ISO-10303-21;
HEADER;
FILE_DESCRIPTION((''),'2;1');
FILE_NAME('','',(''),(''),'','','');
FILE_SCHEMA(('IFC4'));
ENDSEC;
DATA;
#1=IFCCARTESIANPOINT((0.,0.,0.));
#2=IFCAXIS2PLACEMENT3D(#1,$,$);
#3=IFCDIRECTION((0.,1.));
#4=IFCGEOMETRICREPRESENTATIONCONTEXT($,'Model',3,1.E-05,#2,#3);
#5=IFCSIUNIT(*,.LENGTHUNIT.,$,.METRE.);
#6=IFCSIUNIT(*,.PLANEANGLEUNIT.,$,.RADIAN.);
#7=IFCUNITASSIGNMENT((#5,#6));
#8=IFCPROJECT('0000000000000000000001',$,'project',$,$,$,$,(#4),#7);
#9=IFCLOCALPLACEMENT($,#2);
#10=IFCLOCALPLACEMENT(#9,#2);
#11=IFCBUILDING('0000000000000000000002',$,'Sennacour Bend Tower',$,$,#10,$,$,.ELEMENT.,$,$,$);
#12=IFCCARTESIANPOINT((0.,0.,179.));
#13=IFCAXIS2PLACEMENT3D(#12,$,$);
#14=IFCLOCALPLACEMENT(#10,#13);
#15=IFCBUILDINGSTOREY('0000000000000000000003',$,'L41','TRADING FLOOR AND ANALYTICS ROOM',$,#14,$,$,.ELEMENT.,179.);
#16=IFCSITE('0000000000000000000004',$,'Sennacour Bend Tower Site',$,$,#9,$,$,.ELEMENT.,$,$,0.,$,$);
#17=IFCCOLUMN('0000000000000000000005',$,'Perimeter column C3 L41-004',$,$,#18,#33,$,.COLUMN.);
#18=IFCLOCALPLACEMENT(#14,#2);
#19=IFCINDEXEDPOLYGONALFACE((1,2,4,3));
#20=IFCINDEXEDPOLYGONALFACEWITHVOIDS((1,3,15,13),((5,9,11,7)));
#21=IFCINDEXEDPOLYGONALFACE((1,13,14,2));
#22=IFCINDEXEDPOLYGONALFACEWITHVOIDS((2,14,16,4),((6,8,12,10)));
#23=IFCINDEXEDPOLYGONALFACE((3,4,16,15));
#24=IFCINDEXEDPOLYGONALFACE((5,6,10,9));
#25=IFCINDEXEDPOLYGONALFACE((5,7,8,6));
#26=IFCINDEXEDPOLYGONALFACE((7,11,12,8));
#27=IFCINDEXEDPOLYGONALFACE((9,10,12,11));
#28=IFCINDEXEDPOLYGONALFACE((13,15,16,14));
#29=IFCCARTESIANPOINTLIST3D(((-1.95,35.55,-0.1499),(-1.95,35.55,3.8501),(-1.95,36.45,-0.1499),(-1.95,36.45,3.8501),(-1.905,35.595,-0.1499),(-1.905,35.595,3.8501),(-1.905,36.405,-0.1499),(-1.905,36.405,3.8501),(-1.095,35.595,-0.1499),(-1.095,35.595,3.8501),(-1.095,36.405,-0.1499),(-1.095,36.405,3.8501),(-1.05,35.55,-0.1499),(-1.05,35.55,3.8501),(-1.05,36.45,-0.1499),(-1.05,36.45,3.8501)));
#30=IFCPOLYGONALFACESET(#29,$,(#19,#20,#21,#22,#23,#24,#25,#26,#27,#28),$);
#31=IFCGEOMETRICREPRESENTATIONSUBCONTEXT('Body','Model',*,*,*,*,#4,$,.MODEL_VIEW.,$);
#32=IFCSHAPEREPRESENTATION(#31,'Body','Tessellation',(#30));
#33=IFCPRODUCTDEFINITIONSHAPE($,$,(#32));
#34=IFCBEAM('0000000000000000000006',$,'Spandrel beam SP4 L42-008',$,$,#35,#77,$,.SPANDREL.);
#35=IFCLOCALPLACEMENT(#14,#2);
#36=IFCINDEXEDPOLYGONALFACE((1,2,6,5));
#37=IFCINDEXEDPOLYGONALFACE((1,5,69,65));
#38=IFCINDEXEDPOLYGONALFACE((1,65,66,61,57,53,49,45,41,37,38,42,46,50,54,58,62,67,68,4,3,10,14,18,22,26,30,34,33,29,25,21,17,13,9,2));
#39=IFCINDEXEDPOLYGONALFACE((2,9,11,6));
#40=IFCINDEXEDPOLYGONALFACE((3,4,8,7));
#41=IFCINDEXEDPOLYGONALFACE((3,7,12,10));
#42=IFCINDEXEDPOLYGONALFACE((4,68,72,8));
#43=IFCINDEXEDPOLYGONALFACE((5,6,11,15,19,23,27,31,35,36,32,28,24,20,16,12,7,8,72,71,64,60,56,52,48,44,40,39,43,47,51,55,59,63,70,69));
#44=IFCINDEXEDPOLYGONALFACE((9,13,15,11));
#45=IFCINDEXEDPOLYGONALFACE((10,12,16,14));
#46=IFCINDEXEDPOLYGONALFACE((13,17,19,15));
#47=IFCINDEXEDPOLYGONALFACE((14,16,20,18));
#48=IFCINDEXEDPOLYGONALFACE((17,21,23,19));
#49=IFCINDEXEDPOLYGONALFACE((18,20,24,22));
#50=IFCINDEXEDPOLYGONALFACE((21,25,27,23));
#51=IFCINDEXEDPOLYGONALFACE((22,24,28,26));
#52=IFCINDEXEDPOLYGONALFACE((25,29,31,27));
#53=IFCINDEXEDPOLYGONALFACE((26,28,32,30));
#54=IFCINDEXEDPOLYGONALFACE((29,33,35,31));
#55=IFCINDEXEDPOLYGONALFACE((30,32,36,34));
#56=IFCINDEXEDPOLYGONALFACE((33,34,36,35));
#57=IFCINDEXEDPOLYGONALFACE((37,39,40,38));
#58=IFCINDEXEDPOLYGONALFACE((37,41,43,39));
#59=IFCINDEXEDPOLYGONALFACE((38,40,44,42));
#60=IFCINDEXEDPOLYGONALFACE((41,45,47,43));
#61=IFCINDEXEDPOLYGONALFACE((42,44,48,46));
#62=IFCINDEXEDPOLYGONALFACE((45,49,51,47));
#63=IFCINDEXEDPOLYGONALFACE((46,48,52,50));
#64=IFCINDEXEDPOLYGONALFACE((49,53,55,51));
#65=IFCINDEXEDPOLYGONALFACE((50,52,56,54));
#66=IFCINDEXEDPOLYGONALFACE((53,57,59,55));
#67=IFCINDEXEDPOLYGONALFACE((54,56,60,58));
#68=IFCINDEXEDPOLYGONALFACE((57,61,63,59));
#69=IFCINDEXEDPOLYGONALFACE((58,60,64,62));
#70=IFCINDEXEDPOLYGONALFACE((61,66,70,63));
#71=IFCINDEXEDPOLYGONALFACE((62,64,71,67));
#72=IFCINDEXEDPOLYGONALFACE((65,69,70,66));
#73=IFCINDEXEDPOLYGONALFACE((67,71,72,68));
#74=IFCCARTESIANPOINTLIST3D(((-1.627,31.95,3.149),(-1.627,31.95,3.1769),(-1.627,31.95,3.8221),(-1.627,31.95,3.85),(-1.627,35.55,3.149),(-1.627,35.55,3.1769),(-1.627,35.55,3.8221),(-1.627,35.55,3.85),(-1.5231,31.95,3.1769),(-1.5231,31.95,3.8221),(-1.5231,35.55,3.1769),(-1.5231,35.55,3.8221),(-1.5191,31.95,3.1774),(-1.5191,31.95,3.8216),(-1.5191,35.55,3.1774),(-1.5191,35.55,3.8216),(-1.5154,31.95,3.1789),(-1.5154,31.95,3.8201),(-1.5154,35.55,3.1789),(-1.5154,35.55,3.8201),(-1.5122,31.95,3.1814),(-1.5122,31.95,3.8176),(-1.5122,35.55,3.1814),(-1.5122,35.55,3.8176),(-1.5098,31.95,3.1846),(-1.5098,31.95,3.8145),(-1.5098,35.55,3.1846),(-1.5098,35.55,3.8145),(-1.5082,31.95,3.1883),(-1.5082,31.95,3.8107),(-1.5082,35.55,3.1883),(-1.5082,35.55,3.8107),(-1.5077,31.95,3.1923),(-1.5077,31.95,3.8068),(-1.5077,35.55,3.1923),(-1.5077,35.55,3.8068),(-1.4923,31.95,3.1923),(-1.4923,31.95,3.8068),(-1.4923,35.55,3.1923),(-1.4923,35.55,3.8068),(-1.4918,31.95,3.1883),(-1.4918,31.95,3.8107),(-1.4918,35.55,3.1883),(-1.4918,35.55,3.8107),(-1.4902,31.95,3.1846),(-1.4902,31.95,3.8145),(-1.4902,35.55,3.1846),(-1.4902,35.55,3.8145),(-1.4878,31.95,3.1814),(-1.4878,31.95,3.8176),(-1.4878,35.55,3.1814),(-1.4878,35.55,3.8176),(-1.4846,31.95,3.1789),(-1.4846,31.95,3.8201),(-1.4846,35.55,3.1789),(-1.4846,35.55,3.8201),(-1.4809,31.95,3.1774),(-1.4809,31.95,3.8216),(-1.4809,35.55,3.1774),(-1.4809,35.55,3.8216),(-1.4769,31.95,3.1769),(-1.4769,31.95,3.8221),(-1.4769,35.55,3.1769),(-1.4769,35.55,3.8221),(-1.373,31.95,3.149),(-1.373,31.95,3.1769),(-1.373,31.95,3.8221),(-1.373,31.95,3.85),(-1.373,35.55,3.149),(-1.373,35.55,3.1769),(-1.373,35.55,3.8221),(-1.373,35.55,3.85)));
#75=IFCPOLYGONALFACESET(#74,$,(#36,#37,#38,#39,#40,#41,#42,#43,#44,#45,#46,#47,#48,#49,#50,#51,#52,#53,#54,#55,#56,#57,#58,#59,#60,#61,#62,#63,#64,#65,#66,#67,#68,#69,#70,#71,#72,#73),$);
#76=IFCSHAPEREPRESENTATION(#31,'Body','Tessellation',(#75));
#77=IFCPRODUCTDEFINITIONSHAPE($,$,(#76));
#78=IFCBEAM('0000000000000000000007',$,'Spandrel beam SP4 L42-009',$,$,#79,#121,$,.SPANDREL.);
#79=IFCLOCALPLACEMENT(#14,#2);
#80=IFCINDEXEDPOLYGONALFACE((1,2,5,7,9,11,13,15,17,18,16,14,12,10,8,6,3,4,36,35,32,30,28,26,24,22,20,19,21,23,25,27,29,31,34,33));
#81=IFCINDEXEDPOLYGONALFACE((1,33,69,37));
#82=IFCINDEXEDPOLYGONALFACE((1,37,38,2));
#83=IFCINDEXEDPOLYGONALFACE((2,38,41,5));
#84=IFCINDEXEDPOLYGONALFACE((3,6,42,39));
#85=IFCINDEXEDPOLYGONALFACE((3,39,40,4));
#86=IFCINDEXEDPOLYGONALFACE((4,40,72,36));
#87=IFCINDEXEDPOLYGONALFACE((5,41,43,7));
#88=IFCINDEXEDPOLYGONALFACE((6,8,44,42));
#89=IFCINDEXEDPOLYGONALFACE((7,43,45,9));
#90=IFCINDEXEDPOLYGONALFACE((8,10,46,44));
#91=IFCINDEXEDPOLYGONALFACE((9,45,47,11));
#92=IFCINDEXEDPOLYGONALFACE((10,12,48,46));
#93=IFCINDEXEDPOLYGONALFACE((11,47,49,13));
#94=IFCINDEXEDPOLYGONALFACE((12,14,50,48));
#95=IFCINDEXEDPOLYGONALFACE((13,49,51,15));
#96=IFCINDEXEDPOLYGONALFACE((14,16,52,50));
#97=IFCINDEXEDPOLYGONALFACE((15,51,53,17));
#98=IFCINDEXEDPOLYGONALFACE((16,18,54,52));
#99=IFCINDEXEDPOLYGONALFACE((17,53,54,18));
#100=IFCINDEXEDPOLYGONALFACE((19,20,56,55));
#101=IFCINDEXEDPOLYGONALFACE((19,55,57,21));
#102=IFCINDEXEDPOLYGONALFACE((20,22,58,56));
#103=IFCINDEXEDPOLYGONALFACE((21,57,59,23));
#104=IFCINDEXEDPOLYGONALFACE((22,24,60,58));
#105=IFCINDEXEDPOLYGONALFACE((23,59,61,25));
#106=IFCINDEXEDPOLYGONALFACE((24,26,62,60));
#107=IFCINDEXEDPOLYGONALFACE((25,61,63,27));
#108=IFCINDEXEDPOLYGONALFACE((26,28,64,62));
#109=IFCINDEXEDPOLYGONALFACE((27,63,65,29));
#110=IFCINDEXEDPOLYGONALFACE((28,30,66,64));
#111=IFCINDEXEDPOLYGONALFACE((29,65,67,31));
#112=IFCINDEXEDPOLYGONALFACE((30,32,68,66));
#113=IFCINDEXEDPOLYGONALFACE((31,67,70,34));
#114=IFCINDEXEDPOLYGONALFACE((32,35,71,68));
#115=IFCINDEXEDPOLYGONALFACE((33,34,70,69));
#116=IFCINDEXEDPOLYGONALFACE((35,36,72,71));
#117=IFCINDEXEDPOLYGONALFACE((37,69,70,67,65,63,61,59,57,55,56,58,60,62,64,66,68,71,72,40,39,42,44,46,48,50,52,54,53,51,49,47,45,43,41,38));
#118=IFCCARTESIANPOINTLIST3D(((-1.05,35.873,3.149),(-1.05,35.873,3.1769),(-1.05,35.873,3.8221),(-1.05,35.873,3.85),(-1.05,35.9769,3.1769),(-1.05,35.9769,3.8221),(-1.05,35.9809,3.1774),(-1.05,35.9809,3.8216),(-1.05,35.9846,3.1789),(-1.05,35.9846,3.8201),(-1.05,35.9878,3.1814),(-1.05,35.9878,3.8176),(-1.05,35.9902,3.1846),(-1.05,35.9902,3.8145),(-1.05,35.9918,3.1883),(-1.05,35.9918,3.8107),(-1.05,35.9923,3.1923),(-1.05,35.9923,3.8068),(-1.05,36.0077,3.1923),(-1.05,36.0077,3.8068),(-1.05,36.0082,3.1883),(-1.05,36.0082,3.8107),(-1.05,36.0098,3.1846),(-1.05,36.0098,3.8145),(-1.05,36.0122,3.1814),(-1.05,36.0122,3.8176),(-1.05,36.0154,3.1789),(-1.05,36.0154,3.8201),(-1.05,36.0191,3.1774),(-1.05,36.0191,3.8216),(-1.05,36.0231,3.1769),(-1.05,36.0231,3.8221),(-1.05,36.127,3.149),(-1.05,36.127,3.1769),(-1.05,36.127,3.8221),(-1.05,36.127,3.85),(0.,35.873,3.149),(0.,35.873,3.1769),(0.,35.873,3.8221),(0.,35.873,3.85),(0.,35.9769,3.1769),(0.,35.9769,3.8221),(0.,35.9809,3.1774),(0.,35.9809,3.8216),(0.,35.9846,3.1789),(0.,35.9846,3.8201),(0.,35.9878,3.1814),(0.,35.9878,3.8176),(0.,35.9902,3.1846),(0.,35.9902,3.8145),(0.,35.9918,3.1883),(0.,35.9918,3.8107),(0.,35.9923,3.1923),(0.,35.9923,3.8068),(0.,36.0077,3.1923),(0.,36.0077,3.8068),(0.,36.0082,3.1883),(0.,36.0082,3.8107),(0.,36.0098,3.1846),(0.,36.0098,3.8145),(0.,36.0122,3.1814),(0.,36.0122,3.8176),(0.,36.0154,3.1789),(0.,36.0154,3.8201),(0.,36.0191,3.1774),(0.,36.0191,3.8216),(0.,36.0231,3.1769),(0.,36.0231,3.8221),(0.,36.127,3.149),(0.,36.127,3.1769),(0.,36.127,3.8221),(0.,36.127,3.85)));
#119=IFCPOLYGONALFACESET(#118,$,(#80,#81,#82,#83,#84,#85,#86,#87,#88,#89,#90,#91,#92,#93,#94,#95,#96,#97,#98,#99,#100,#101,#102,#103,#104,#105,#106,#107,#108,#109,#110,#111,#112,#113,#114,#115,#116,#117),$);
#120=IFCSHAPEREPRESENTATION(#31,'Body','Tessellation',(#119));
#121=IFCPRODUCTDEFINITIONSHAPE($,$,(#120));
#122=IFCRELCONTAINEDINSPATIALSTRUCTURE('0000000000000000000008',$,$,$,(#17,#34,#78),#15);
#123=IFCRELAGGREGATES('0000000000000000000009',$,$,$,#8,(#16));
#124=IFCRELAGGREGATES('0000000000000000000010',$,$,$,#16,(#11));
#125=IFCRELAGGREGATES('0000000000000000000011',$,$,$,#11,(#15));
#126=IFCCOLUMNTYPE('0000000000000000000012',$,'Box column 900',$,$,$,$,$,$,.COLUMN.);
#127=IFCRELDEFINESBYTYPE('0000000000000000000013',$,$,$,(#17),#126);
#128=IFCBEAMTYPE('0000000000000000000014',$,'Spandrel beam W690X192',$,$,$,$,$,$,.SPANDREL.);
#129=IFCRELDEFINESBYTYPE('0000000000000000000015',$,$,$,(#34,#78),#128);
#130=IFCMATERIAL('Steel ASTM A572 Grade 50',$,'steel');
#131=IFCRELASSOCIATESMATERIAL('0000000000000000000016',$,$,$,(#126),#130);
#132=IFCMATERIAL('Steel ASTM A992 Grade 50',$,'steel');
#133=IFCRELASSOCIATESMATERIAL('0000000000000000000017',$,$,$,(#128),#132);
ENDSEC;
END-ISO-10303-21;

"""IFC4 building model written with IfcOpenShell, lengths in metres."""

from ifc_helpers import new_model, si_unit, direction, frame, origin, origin_2d, place, context, subcontext, project, spatial, hollow_rectangle, i_section, extrude, material, material_profile, profile_set, type_object, element, save


model = new_model("IFC4")

# Units and contexts
model_context = context("Model", 3, precision=1e-05, world=origin(), true_north=direction((0.0, 1.0)))
body_context = subcontext(model_context, "Body", "Model", "MODEL_VIEW")
ifc_project = project(units=[si_unit("LENGTHUNIT", "METRE"), si_unit("PLANEANGLEUNIT", "RADIAN")], contexts=[model_context])

# Site, building, storey
site_placement = place(None, origin())
site = spatial("IfcSite", under=ifc_project, at=site_placement, Name="Sennacour Bend Tower Site", CompositionType="ELEMENT", RefElevation=0.0)
building_placement = place(site_placement, origin())
building = spatial("IfcBuilding", under=site, at=building_placement, Name="Sennacour Bend Tower", CompositionType="ELEMENT")
storey_placement = place(building_placement, frame((0.0, 0.0, 179.0)))
storey = spatial("IfcBuildingStorey", under=building, at=storey_placement, Name="L41", Description="TRADING FLOOR AND ANALYTICS ROOM", CompositionType="ELEMENT", Elevation=179.0)

# Column
ifc_material_1 = material(Name="Steel ASTM A572 Grade 50", Category="steel")
ifc_material_profile_1 = material_profile(ifc_material_1, hollow_rectangle(XDim=0.8999, YDim=0.8999, WallThickness=0.0449, at=origin_2d()), Name="Steel ASTM A572 Grade 50", Category="steel")
ifc_profile_set_1 = profile_set([ifc_material_profile_1], Name="Steel ASTM A572 Grade 50")
column_type = type_object("IfcColumnType", Name="Box column 900", PredefinedType="COLUMN", material=ifc_profile_set_1)
column_placement = place(storey_placement, frame((-1.5, 36.0, -0.1499), z_axis=(0.0, 0.0, 1.0), x_axis=(1.0, 0.0, 0.0)))
element("IfcColumn", 1, at=column_placement, inside=storey, type_object=column_type, Name="Perimeter column C3 L41-004", PredefinedType="COLUMN", context=body_context, shape_type="SweptSolid", body=[
    extrude(hollow_rectangle(XDim=0.8999, YDim=0.8999, WallThickness=0.0449, at=origin_2d()), origin(), (0.0, 0.0, 1.0), 4.0),
])

# Beams
ifc_material_2 = material(Name="Steel ASTM A992 Grade 50", Category="steel")
ifc_material_profile_2 = material_profile(ifc_material_2, i_section(OverallWidth=0.2539, OverallDepth=0.7009, WebThickness=0.0154, FlangeThickness=0.0278, FilletRadius=0.0154, at=origin_2d()), Name="Steel ASTM A992 Grade 50", Category="steel")
ifc_profile_set_2 = profile_set([ifc_material_profile_2], Name="Steel ASTM A992 Grade 50")
beam_type = type_object("IfcBeamType", Name="Spandrel beam W690X192", PredefinedType="SPANDREL", material=ifc_profile_set_2)
beam_1_placement = place(storey_placement, frame((-1.5, 31.95, 3.4995), z_axis=(0.0, 1.0, 0.0), x_axis=(-1.0, 0.0, 0.0)))
element("IfcBeam", 2, at=beam_1_placement, inside=storey, type_object=beam_type, Name="Spandrel beam SP4 L42-008", PredefinedType="SPANDREL", context=body_context, shape_type="SweptSolid", body=[
    extrude(i_section(OverallWidth=0.2539, OverallDepth=0.7009, WebThickness=0.0154, FlangeThickness=0.0278, FilletRadius=0.0154, at=origin_2d()), origin(), (0.0, 0.0, 1.0), 3.6001),
])
beam_2_placement = place(storey_placement, frame((-1.05, 36.0, 3.4995), z_axis=(1.0, 0.0, 0.0), x_axis=(0.0, 1.0, 0.0)))
element("IfcBeam", 3, at=beam_2_placement, inside=storey, type_object=beam_type, Name="Spandrel beam SP4 L42-009", PredefinedType="SPANDREL", context=body_context, shape_type="SweptSolid", body=[
    extrude(i_section(OverallWidth=0.2539, OverallDepth=0.7009, WebThickness=0.0154, FlangeThickness=0.0278, FilletRadius=0.0154, at=origin_2d()), origin(), (0.0, 0.0, 1.0), 1.05),
])

save(model, "model.ifc")
